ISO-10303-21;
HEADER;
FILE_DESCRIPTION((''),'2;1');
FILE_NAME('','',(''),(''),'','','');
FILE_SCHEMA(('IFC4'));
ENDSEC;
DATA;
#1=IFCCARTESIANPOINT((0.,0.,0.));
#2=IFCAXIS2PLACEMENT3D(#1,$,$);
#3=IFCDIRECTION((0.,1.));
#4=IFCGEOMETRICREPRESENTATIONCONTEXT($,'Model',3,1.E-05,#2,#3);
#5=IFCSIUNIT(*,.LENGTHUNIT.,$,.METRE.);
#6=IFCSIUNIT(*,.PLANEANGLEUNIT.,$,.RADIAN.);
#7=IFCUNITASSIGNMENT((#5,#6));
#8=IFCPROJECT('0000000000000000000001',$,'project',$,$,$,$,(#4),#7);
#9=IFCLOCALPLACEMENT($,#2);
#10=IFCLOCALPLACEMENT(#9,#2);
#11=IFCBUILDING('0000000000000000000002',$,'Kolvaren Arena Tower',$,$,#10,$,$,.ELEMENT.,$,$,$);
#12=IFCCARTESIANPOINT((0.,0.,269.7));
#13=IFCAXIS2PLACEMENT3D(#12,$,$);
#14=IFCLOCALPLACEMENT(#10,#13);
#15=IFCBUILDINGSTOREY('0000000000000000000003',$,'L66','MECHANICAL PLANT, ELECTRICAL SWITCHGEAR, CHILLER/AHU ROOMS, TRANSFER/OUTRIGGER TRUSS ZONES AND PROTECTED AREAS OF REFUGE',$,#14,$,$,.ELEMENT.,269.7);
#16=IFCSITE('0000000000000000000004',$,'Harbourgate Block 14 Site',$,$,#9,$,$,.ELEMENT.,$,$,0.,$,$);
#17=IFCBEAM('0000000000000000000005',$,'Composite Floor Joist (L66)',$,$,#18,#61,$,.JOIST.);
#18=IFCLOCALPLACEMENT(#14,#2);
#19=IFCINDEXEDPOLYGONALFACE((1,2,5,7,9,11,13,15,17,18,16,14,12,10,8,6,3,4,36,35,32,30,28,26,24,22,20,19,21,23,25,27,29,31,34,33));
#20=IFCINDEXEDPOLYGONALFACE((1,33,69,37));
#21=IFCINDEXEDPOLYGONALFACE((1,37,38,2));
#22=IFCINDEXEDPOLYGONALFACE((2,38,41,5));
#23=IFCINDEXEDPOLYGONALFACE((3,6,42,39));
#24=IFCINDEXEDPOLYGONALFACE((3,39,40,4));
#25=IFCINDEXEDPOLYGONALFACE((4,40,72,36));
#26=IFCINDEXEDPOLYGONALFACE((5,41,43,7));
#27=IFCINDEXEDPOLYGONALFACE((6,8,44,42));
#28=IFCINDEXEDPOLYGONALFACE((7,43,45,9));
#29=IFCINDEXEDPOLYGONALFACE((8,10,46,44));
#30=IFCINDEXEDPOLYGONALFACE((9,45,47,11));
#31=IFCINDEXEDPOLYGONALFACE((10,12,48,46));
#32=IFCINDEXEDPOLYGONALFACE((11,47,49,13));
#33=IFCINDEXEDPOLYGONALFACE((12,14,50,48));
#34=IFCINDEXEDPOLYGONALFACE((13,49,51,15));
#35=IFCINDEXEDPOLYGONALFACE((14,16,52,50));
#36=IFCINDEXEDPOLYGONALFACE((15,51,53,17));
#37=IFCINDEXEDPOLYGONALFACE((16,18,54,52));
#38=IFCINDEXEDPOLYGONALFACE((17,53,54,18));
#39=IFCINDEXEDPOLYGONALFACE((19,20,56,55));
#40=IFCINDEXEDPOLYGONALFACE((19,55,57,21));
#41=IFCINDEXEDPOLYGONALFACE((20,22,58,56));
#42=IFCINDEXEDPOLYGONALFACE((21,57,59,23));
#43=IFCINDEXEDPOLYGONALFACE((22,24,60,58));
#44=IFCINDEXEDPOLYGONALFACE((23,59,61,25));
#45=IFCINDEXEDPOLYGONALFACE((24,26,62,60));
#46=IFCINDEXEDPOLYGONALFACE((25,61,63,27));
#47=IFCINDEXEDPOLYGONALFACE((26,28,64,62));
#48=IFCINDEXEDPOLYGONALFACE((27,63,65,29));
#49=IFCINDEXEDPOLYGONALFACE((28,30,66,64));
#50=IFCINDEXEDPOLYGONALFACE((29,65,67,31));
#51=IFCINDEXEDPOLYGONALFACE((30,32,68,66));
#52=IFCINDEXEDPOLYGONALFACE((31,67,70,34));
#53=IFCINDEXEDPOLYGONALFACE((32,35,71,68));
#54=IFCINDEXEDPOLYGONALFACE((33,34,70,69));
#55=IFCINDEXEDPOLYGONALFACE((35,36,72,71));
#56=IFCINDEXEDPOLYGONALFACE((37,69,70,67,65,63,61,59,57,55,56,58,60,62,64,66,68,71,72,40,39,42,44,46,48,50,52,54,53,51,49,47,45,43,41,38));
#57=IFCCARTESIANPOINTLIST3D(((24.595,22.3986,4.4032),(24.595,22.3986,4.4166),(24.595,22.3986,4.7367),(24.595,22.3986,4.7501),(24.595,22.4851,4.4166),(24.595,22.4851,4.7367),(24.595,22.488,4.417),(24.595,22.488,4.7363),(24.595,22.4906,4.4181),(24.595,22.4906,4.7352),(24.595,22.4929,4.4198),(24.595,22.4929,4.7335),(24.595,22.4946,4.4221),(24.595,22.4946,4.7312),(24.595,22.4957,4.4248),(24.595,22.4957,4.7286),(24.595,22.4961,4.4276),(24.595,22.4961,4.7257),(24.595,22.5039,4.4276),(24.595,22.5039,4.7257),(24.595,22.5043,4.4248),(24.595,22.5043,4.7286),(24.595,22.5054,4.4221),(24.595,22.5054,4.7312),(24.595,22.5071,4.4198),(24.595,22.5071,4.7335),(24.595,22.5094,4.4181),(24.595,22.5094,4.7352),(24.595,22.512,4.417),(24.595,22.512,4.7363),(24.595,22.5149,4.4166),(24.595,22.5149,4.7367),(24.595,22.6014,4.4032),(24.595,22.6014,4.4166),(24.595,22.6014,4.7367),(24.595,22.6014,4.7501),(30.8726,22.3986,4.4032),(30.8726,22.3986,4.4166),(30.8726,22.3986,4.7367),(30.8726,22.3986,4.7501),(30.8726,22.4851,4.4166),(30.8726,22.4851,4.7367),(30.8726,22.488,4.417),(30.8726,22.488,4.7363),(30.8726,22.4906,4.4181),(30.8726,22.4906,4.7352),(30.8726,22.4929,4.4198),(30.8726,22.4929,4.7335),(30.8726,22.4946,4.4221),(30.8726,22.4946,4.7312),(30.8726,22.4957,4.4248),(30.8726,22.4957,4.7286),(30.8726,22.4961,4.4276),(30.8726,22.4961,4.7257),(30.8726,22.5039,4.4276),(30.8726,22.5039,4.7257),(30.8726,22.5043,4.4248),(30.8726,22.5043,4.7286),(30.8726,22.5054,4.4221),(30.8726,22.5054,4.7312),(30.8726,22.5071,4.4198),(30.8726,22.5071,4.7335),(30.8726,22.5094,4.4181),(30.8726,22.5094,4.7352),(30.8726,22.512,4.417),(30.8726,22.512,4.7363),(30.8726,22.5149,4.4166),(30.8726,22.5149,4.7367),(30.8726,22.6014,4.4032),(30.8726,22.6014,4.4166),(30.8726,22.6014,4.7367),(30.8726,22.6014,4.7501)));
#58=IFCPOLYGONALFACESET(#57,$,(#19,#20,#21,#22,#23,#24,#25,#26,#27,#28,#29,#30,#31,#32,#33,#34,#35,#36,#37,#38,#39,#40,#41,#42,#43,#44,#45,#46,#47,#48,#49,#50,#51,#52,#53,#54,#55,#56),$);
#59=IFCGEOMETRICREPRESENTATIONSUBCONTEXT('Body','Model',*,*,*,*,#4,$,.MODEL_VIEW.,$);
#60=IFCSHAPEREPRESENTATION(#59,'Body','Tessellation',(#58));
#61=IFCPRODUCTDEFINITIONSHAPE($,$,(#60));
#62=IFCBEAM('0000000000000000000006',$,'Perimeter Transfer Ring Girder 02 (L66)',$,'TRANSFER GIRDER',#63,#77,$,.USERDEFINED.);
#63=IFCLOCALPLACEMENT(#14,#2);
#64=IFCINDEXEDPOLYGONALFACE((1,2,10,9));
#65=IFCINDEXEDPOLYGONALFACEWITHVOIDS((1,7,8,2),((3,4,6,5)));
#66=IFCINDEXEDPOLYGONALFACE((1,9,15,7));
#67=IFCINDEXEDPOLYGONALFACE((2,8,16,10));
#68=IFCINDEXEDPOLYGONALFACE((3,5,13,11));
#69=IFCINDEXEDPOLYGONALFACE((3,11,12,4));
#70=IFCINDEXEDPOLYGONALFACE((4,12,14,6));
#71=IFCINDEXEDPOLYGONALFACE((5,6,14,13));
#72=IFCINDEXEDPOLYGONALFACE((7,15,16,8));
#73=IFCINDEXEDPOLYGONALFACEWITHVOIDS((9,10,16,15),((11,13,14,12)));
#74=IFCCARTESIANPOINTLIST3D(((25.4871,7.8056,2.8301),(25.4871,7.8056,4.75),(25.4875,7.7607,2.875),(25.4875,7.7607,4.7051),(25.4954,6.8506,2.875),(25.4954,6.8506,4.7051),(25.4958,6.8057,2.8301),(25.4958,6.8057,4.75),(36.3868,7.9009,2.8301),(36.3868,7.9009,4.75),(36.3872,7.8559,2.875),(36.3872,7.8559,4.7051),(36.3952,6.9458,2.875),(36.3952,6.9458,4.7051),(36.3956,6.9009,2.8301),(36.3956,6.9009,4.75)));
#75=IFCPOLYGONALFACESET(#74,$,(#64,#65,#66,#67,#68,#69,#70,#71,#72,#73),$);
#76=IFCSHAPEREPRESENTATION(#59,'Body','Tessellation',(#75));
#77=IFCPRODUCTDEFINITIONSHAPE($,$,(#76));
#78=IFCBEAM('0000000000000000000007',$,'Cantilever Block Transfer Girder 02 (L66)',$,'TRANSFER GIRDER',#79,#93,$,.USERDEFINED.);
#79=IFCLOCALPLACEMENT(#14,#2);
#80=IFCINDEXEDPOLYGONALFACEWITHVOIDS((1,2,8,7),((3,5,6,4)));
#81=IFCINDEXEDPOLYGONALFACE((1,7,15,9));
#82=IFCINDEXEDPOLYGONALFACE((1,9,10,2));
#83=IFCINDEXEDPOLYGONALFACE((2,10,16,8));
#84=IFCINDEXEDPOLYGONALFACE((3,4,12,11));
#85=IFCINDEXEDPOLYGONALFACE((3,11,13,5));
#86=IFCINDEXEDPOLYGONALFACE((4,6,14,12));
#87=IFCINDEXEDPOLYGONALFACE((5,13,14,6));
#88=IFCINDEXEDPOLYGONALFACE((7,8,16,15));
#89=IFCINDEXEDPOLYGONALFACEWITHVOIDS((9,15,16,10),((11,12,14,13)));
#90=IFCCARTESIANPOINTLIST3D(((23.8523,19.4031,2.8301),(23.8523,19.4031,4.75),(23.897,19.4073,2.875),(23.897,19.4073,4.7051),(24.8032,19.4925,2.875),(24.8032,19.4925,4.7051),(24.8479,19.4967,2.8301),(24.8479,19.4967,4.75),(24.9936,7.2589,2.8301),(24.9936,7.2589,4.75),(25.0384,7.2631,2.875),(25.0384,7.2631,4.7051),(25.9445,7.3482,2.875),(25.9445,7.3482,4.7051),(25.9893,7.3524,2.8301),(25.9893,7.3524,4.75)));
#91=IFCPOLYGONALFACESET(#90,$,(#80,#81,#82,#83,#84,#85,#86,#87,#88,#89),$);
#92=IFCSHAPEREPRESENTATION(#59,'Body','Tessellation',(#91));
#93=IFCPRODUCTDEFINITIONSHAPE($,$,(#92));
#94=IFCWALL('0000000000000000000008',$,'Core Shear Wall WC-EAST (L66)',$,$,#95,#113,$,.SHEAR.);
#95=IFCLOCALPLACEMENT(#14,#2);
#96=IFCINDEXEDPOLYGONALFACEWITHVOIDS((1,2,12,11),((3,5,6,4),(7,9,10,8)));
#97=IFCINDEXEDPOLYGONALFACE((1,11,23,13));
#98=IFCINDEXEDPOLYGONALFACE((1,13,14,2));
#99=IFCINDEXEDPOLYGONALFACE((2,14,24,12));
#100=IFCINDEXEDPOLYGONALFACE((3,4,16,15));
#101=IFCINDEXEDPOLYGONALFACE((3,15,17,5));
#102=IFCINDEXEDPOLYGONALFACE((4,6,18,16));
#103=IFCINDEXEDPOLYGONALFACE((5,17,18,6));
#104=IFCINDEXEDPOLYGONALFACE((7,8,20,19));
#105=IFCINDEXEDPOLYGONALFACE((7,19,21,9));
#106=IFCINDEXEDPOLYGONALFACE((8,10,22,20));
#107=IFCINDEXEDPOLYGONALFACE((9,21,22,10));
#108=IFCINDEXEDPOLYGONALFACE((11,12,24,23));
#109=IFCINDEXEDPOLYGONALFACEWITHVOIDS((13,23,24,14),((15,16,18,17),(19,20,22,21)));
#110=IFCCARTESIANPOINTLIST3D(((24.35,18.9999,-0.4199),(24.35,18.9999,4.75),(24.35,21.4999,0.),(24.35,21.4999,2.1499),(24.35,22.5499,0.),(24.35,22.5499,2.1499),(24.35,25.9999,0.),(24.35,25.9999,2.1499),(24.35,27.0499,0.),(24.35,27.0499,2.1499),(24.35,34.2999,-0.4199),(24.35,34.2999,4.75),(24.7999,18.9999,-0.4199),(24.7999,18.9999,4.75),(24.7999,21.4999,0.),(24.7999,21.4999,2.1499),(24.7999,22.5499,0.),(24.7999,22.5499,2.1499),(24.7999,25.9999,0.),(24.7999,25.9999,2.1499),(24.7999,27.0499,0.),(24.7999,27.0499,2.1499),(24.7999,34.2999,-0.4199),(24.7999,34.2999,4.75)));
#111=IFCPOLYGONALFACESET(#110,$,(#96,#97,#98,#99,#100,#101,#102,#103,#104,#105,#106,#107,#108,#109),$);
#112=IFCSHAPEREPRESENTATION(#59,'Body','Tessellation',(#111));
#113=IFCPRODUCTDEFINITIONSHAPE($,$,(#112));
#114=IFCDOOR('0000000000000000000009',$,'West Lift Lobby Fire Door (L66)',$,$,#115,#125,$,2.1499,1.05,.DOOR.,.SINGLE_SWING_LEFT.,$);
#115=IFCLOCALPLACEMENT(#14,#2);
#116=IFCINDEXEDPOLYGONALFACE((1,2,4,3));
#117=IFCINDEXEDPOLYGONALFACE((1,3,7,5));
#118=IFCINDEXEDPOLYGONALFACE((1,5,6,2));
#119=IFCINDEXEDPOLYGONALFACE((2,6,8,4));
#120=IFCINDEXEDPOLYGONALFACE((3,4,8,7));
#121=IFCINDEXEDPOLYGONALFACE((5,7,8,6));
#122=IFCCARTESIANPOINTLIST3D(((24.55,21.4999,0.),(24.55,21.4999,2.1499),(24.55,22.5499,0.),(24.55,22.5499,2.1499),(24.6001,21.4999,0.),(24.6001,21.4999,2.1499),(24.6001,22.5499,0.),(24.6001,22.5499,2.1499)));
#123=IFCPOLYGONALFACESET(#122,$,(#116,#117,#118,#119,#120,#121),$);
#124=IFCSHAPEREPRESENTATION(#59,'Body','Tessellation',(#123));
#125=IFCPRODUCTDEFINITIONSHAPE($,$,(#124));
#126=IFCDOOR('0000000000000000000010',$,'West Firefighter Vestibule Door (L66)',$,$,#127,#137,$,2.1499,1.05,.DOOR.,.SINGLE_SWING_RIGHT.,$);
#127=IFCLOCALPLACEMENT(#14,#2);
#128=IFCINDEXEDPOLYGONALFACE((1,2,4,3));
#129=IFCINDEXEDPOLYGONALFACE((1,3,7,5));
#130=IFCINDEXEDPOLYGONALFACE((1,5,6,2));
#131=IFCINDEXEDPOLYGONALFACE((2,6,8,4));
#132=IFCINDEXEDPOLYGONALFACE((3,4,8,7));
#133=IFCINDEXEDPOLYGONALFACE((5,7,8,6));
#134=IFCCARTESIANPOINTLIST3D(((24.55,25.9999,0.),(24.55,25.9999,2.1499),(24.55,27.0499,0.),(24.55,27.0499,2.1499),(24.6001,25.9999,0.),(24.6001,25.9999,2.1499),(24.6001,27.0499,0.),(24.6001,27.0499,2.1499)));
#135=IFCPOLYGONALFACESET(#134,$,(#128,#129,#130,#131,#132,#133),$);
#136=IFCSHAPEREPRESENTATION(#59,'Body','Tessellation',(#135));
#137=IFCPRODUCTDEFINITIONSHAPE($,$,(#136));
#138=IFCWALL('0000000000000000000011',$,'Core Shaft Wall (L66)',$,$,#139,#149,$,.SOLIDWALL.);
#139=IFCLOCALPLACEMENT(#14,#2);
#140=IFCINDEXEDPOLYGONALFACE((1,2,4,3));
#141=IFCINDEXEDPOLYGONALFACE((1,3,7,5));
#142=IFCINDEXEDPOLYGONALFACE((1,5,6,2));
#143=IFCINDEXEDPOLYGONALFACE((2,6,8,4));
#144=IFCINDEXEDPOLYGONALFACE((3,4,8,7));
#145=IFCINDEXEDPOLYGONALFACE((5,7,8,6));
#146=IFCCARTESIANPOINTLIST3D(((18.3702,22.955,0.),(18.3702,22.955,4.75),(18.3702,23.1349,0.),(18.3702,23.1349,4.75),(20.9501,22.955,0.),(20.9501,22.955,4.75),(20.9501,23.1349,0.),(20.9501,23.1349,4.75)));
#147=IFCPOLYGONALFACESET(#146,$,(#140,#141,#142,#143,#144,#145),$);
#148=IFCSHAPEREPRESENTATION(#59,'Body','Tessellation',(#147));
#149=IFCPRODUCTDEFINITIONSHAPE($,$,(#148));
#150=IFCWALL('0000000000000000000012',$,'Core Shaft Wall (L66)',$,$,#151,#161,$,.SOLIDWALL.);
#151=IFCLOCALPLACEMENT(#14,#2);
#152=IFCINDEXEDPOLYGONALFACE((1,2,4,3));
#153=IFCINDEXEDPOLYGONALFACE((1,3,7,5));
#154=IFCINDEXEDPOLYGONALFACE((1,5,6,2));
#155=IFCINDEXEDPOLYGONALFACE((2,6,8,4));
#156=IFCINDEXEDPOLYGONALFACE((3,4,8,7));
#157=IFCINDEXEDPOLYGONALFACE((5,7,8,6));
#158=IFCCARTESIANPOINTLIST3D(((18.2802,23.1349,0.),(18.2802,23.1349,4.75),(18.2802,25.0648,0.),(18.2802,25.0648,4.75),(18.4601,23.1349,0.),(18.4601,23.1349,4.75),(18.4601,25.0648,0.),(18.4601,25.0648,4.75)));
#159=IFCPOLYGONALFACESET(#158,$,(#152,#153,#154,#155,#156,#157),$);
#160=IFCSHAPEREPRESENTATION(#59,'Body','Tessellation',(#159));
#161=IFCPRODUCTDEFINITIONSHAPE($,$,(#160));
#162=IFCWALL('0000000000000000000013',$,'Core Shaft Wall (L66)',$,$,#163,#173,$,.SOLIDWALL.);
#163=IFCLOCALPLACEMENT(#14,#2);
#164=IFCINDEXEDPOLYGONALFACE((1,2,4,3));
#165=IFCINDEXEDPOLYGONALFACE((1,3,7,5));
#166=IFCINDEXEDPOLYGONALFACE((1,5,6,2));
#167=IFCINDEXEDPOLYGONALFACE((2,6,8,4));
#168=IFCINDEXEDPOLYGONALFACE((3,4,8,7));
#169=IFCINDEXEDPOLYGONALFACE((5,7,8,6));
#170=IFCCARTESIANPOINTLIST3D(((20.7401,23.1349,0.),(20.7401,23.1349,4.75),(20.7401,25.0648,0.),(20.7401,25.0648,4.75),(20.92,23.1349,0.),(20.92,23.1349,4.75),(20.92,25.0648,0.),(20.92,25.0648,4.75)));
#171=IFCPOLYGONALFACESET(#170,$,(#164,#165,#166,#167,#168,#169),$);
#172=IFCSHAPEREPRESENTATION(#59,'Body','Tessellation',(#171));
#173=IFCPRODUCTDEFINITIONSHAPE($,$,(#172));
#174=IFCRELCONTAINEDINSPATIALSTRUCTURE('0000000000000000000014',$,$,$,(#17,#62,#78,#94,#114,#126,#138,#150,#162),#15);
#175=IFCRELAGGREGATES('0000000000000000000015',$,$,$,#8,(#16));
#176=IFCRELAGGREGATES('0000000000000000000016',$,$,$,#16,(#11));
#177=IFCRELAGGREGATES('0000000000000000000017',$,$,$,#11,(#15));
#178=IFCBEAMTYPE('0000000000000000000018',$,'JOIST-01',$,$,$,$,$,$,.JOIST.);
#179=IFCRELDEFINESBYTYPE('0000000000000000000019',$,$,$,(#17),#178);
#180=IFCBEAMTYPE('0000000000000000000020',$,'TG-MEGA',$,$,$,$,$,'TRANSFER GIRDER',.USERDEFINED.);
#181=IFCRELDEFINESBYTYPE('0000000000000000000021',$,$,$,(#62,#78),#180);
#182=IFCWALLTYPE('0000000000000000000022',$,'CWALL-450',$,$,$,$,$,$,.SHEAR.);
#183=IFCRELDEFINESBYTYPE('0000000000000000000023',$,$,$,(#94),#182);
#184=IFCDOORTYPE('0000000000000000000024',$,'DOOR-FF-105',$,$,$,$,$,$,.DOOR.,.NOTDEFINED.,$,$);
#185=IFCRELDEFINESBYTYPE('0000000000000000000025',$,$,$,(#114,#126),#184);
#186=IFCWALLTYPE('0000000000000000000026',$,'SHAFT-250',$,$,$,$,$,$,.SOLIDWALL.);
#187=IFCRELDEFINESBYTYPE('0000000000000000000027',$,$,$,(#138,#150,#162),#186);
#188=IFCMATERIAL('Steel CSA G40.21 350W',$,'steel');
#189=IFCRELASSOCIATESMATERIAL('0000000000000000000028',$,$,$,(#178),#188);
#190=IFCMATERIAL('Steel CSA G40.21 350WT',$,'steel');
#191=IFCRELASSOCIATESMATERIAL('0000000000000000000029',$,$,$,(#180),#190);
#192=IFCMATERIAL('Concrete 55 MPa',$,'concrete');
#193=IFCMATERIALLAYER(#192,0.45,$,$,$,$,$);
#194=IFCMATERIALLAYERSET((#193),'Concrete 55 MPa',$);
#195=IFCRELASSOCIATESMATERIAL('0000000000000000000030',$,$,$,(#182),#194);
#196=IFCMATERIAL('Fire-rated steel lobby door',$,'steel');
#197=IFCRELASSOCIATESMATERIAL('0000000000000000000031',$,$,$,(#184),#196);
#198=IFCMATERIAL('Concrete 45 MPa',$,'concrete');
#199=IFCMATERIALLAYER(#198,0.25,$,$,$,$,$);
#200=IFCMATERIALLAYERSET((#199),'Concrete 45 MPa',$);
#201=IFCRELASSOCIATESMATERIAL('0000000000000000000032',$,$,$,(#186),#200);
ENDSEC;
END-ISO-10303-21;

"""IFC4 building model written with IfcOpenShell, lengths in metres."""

from ifc_helpers import new_model, si_unit, direction, frame, frame_2d, origin, origin_2d, place, context, subcontext, project, spatial, rectangle, hollow_rectangle, i_section, extrude, material, layer, layer_set, material_profile, profile_set, type_object, element, fill, save


model = new_model("IFC4")

# Units and contexts
model_context = context("Model", 3, precision=1e-05, world=origin(), true_north=direction((0.0, 1.0)))
body_context = subcontext(model_context, "Body", "Model", "MODEL_VIEW")
ifc_project = project(units=[si_unit("LENGTHUNIT", "METRE"), si_unit("PLANEANGLEUNIT", "RADIAN")], contexts=[model_context])

# Site, building, storey
site_placement = place(None, origin())
site = spatial("IfcSite", under=ifc_project, at=site_placement, Name="Harbourgate Block 14 Site", CompositionType="ELEMENT", RefElevation=0.0)
building_placement = place(site_placement, origin())
building = spatial("IfcBuilding", under=site, at=building_placement, Name="Kolvaren Arena Tower", CompositionType="ELEMENT")
storey_placement = place(building_placement, frame((0.0, 0.0, 269.7)))
storey = spatial("IfcBuildingStorey", under=building, at=storey_placement, Name="L66", Description="MECHANICAL PLANT, ELECTRICAL SWITCHGEAR, CHILLER/AHU ROOMS, TRANSFER/OUTRIGGER TRUSS ZONES AND PROTECTED AREAS OF REFUGE", CompositionType="ELEMENT", Elevation=269.7)

# Beams
ifc_material_1 = material(Name="Steel CSA G40.21 350W", Category="steel")
ifc_material_profile_1 = material_profile(ifc_material_1, i_section(OverallWidth=0.2029, OverallDepth=0.3469, WebThickness=0.0078, FlangeThickness=0.0134, FilletRadius=0.011, at=origin_2d()), Name="W360x64")
ifc_profile_set_1 = profile_set([ifc_material_profile_1], Name="Steel CSA G40.21 350W")
beam_type_1 = type_object("IfcBeamType", Name="JOIST-01", PredefinedType="JOIST", material=ifc_profile_set_1)
beam_1_placement = place(storey_placement, frame((24.595, 22.5, 4.5767), z_axis=(1.0, 0.0, 0.0), x_axis=(0.0, 1.0, 0.0)))
element("IfcBeam", 1, at=beam_1_placement, inside=storey, type_object=beam_type_1, Name="Composite Floor Joist (L66)", PredefinedType="JOIST", context=body_context, shape_type="SweptSolid", body=[
    extrude(i_section(OverallWidth=0.2029, OverallDepth=0.3469, WebThickness=0.0078, FlangeThickness=0.0134, FilletRadius=0.011, at=origin_2d()), origin(), (0.0, 0.0, 1.0), 6.2776),
])
ifc_material_2 = material(Name="Steel CSA G40.21 350WT", Category="steel")
ifc_material_profile_2 = material_profile(ifc_material_2, hollow_rectangle(XDim=1.0, YDim=1.9199, WallThickness=0.0449, at=origin_2d()), Name="BOX 1000x1920x45")
ifc_profile_set_2 = profile_set([ifc_material_profile_2], Name="Steel CSA G40.21 350WT")
beam_type_2 = type_object("IfcBeamType", Name="TG-MEGA", ElementType="TRANSFER GIRDER", PredefinedType="USERDEFINED", material=ifc_profile_set_2)
beam_2_placement = place(storey_placement, frame((25.4915, 7.3057, 3.79), z_axis=(0.999962, 0.008735, 0.0), x_axis=(-0.008735, 0.999962, 0.0)))
element("IfcBeam", 2, at=beam_2_placement, inside=storey, type_object=beam_type_2, Name="Perimeter Transfer Ring Girder 02 (L66)", ObjectType="TRANSFER GIRDER", PredefinedType="USERDEFINED", context=body_context, shape_type="SweptSolid", body=[
    extrude(hollow_rectangle(XDim=1.0, YDim=1.9199, WallThickness=0.0449, at=origin_2d()), origin(), (0.0, 0.0, 1.0), 10.9001),
])
beam_3_placement = place(storey_placement, frame((25.4915, 7.3057, 3.79), z_axis=(-0.093571, 0.995613, 0.0), x_axis=(-0.995613, -0.093571, 0.0)))
element("IfcBeam", 3, at=beam_3_placement, inside=storey, type_object=beam_type_2, Name="Cantilever Block Transfer Girder 02 (L66)", ObjectType="TRANSFER GIRDER", PredefinedType="USERDEFINED", context=body_context, shape_type="SweptSolid", body=[
    extrude(hollow_rectangle(XDim=1.0, YDim=1.9199, WallThickness=0.0449, at=origin_2d()), origin(), (0.0, 0.0, 1.0), 12.1978),
])

# Wall, openings, doors
ifc_material_3 = material(Name="Concrete 55 MPa", Category="concrete")
ifc_layer_1 = layer(ifc_material_3, 0.45)
ifc_layer_set_1 = layer_set([ifc_layer_1], Name="Concrete 55 MPa")
wall_type_1 = type_object("IfcWallType", Name="CWALL-450", PredefinedType="SHEAR", material=ifc_layer_set_1)
wall_1_placement = place(storey_placement, frame((24.575, 19.0, -0.4199), z_axis=(0.0, 0.0, 1.0), x_axis=(0.0, 1.0, 0.0)))
wall_1 = element("IfcWall", 4, at=wall_1_placement, inside=storey, type_object=wall_type_1, Name="Core Shear Wall WC-EAST (L66)", PredefinedType="SHEAR", context=body_context, shape_type="SweptSolid", body=[
    extrude(rectangle(XDim=15.3, YDim=0.45, at=frame_2d((7.6499, 0.0))), origin(), (0.0, 0.0, 1.0), 5.1699),
])
opening_1_placement = place(wall_1_placement, frame((2.5, 0.0, 0.4199)))
opening_1 = element("IfcOpeningElement", 5, at=opening_1_placement, cuts=wall_1, PredefinedType="OPENING", context=body_context, shape_type="SweptSolid", body=[
    extrude(rectangle(XDim=1.05, YDim=2.1499, at=frame_2d((0.5249, 1.075))), frame((0.0, 0.2349, 0.0), z_axis=(0.0, -1.0, 0.0), x_axis=(1.0, 0.0, 0.0)), (0.0, 0.0, 1.0), 0.47),
])
opening_2_placement = place(wall_1_placement, frame((7.0, 0.0, 0.4199)))
opening_2 = element("IfcOpeningElement", 6, at=opening_2_placement, cuts=wall_1, PredefinedType="OPENING", context=body_context, shape_type="SweptSolid", body=[
    extrude(rectangle(XDim=1.05, YDim=2.1499, at=frame_2d((0.5249, 1.075))), frame((0.0, 0.2349, 0.0), z_axis=(0.0, -1.0, 0.0), x_axis=(1.0, 0.0, 0.0)), (0.0, 0.0, 1.0), 0.47),
])
ifc_material_4 = material(Name="Fire-rated steel lobby door", Category="steel")
door_type_1 = type_object("IfcDoorType", Name="DOOR-FF-105", OperationType="NOTDEFINED", PredefinedType="DOOR", material=ifc_material_4)
door_1_placement = place(opening_1_placement, origin())
door_1 = element("IfcDoor", 7, at=door_1_placement, inside=storey, type_object=door_type_1, Name="West Lift Lobby Fire Door (L66)", OperationType="SINGLE_SWING_LEFT", OverallHeight=2.1499, OverallWidth=1.05, PredefinedType="DOOR", context=body_context, shape_type="SweptSolid", body=[
    extrude(rectangle(XDim=1.05, YDim=2.1499, at=frame_2d((0.5249, 1.075))), frame((0.0, 0.0249, 0.0), z_axis=(0.0, -1.0, 0.0), x_axis=(1.0, 0.0, 0.0)), (0.0, 0.0, 1.0), 0.05),
])
fill(opening_1, door_1)
door_2_placement = place(opening_2_placement, origin())
door_2 = element("IfcDoor", 8, at=door_2_placement, inside=storey, type_object=door_type_1, Name="West Firefighter Vestibule Door (L66)", OperationType="SINGLE_SWING_RIGHT", OverallHeight=2.1499, OverallWidth=1.05, PredefinedType="DOOR", context=body_context, shape_type="SweptSolid", body=[
    extrude(rectangle(XDim=1.05, YDim=2.1499, at=frame_2d((0.5249, 1.075))), frame((0.0, 0.0249, 0.0), z_axis=(0.0, -1.0, 0.0), x_axis=(1.0, 0.0, 0.0)), (0.0, 0.0, 1.0), 0.05),
])
fill(opening_2, door_2)

# Walls
ifc_material_5 = material(Name="Concrete 45 MPa", Category="concrete")
ifc_layer_2 = layer(ifc_material_5, 0.25)
ifc_layer_set_2 = layer_set([ifc_layer_2], Name="Concrete 45 MPa")
wall_type_2 = type_object("IfcWallType", Name="SHAFT-250", PredefinedType="SOLIDWALL", material=ifc_layer_set_2)
wall_2_placement = place(storey_placement, frame((18.3701, 23.0449, 0.0), z_axis=(0.0, 0.0, 1.0), x_axis=(1.0, 0.0, 0.0)))
element("IfcWall", 9, at=wall_2_placement, inside=storey, type_object=wall_type_2, Name="Core Shaft Wall (L66)", PredefinedType="SOLIDWALL", context=body_context, shape_type="SweptSolid", body=[
    extrude(rectangle(XDim=2.5798, YDim=0.1799, at=frame_2d((1.29, 0.0))), origin(), (0.0, 0.0, 1.0), 4.75),
])
for number, where, z_axis, x_axis, name in (
    (10, (18.3701, 23.135, 0.0), (0.0, 0.0, 1.0), (0.0, 1.0, 0.0), "Core Shaft Wall (L66)"),
    (11, (20.8301, 23.135, 0.0), (0.0, 0.0, 1.0), (0.0, 1.0, 0.0), "Core Shaft Wall (L66)"),
):
    element("IfcWall", number, at=place(storey_placement, frame(where, z_axis=z_axis, x_axis=x_axis)), inside=storey, type_object=wall_type_2, Name=name, PredefinedType="SOLIDWALL", context=body_context, shape_type="SweptSolid", body=[
        extrude(rectangle(XDim=1.9299, YDim=0.1799, at=frame_2d((0.9648, 0.0))), origin(), (0.0, 0.0, 1.0), 4.75),
    ])

save(model, "model.ifc")
